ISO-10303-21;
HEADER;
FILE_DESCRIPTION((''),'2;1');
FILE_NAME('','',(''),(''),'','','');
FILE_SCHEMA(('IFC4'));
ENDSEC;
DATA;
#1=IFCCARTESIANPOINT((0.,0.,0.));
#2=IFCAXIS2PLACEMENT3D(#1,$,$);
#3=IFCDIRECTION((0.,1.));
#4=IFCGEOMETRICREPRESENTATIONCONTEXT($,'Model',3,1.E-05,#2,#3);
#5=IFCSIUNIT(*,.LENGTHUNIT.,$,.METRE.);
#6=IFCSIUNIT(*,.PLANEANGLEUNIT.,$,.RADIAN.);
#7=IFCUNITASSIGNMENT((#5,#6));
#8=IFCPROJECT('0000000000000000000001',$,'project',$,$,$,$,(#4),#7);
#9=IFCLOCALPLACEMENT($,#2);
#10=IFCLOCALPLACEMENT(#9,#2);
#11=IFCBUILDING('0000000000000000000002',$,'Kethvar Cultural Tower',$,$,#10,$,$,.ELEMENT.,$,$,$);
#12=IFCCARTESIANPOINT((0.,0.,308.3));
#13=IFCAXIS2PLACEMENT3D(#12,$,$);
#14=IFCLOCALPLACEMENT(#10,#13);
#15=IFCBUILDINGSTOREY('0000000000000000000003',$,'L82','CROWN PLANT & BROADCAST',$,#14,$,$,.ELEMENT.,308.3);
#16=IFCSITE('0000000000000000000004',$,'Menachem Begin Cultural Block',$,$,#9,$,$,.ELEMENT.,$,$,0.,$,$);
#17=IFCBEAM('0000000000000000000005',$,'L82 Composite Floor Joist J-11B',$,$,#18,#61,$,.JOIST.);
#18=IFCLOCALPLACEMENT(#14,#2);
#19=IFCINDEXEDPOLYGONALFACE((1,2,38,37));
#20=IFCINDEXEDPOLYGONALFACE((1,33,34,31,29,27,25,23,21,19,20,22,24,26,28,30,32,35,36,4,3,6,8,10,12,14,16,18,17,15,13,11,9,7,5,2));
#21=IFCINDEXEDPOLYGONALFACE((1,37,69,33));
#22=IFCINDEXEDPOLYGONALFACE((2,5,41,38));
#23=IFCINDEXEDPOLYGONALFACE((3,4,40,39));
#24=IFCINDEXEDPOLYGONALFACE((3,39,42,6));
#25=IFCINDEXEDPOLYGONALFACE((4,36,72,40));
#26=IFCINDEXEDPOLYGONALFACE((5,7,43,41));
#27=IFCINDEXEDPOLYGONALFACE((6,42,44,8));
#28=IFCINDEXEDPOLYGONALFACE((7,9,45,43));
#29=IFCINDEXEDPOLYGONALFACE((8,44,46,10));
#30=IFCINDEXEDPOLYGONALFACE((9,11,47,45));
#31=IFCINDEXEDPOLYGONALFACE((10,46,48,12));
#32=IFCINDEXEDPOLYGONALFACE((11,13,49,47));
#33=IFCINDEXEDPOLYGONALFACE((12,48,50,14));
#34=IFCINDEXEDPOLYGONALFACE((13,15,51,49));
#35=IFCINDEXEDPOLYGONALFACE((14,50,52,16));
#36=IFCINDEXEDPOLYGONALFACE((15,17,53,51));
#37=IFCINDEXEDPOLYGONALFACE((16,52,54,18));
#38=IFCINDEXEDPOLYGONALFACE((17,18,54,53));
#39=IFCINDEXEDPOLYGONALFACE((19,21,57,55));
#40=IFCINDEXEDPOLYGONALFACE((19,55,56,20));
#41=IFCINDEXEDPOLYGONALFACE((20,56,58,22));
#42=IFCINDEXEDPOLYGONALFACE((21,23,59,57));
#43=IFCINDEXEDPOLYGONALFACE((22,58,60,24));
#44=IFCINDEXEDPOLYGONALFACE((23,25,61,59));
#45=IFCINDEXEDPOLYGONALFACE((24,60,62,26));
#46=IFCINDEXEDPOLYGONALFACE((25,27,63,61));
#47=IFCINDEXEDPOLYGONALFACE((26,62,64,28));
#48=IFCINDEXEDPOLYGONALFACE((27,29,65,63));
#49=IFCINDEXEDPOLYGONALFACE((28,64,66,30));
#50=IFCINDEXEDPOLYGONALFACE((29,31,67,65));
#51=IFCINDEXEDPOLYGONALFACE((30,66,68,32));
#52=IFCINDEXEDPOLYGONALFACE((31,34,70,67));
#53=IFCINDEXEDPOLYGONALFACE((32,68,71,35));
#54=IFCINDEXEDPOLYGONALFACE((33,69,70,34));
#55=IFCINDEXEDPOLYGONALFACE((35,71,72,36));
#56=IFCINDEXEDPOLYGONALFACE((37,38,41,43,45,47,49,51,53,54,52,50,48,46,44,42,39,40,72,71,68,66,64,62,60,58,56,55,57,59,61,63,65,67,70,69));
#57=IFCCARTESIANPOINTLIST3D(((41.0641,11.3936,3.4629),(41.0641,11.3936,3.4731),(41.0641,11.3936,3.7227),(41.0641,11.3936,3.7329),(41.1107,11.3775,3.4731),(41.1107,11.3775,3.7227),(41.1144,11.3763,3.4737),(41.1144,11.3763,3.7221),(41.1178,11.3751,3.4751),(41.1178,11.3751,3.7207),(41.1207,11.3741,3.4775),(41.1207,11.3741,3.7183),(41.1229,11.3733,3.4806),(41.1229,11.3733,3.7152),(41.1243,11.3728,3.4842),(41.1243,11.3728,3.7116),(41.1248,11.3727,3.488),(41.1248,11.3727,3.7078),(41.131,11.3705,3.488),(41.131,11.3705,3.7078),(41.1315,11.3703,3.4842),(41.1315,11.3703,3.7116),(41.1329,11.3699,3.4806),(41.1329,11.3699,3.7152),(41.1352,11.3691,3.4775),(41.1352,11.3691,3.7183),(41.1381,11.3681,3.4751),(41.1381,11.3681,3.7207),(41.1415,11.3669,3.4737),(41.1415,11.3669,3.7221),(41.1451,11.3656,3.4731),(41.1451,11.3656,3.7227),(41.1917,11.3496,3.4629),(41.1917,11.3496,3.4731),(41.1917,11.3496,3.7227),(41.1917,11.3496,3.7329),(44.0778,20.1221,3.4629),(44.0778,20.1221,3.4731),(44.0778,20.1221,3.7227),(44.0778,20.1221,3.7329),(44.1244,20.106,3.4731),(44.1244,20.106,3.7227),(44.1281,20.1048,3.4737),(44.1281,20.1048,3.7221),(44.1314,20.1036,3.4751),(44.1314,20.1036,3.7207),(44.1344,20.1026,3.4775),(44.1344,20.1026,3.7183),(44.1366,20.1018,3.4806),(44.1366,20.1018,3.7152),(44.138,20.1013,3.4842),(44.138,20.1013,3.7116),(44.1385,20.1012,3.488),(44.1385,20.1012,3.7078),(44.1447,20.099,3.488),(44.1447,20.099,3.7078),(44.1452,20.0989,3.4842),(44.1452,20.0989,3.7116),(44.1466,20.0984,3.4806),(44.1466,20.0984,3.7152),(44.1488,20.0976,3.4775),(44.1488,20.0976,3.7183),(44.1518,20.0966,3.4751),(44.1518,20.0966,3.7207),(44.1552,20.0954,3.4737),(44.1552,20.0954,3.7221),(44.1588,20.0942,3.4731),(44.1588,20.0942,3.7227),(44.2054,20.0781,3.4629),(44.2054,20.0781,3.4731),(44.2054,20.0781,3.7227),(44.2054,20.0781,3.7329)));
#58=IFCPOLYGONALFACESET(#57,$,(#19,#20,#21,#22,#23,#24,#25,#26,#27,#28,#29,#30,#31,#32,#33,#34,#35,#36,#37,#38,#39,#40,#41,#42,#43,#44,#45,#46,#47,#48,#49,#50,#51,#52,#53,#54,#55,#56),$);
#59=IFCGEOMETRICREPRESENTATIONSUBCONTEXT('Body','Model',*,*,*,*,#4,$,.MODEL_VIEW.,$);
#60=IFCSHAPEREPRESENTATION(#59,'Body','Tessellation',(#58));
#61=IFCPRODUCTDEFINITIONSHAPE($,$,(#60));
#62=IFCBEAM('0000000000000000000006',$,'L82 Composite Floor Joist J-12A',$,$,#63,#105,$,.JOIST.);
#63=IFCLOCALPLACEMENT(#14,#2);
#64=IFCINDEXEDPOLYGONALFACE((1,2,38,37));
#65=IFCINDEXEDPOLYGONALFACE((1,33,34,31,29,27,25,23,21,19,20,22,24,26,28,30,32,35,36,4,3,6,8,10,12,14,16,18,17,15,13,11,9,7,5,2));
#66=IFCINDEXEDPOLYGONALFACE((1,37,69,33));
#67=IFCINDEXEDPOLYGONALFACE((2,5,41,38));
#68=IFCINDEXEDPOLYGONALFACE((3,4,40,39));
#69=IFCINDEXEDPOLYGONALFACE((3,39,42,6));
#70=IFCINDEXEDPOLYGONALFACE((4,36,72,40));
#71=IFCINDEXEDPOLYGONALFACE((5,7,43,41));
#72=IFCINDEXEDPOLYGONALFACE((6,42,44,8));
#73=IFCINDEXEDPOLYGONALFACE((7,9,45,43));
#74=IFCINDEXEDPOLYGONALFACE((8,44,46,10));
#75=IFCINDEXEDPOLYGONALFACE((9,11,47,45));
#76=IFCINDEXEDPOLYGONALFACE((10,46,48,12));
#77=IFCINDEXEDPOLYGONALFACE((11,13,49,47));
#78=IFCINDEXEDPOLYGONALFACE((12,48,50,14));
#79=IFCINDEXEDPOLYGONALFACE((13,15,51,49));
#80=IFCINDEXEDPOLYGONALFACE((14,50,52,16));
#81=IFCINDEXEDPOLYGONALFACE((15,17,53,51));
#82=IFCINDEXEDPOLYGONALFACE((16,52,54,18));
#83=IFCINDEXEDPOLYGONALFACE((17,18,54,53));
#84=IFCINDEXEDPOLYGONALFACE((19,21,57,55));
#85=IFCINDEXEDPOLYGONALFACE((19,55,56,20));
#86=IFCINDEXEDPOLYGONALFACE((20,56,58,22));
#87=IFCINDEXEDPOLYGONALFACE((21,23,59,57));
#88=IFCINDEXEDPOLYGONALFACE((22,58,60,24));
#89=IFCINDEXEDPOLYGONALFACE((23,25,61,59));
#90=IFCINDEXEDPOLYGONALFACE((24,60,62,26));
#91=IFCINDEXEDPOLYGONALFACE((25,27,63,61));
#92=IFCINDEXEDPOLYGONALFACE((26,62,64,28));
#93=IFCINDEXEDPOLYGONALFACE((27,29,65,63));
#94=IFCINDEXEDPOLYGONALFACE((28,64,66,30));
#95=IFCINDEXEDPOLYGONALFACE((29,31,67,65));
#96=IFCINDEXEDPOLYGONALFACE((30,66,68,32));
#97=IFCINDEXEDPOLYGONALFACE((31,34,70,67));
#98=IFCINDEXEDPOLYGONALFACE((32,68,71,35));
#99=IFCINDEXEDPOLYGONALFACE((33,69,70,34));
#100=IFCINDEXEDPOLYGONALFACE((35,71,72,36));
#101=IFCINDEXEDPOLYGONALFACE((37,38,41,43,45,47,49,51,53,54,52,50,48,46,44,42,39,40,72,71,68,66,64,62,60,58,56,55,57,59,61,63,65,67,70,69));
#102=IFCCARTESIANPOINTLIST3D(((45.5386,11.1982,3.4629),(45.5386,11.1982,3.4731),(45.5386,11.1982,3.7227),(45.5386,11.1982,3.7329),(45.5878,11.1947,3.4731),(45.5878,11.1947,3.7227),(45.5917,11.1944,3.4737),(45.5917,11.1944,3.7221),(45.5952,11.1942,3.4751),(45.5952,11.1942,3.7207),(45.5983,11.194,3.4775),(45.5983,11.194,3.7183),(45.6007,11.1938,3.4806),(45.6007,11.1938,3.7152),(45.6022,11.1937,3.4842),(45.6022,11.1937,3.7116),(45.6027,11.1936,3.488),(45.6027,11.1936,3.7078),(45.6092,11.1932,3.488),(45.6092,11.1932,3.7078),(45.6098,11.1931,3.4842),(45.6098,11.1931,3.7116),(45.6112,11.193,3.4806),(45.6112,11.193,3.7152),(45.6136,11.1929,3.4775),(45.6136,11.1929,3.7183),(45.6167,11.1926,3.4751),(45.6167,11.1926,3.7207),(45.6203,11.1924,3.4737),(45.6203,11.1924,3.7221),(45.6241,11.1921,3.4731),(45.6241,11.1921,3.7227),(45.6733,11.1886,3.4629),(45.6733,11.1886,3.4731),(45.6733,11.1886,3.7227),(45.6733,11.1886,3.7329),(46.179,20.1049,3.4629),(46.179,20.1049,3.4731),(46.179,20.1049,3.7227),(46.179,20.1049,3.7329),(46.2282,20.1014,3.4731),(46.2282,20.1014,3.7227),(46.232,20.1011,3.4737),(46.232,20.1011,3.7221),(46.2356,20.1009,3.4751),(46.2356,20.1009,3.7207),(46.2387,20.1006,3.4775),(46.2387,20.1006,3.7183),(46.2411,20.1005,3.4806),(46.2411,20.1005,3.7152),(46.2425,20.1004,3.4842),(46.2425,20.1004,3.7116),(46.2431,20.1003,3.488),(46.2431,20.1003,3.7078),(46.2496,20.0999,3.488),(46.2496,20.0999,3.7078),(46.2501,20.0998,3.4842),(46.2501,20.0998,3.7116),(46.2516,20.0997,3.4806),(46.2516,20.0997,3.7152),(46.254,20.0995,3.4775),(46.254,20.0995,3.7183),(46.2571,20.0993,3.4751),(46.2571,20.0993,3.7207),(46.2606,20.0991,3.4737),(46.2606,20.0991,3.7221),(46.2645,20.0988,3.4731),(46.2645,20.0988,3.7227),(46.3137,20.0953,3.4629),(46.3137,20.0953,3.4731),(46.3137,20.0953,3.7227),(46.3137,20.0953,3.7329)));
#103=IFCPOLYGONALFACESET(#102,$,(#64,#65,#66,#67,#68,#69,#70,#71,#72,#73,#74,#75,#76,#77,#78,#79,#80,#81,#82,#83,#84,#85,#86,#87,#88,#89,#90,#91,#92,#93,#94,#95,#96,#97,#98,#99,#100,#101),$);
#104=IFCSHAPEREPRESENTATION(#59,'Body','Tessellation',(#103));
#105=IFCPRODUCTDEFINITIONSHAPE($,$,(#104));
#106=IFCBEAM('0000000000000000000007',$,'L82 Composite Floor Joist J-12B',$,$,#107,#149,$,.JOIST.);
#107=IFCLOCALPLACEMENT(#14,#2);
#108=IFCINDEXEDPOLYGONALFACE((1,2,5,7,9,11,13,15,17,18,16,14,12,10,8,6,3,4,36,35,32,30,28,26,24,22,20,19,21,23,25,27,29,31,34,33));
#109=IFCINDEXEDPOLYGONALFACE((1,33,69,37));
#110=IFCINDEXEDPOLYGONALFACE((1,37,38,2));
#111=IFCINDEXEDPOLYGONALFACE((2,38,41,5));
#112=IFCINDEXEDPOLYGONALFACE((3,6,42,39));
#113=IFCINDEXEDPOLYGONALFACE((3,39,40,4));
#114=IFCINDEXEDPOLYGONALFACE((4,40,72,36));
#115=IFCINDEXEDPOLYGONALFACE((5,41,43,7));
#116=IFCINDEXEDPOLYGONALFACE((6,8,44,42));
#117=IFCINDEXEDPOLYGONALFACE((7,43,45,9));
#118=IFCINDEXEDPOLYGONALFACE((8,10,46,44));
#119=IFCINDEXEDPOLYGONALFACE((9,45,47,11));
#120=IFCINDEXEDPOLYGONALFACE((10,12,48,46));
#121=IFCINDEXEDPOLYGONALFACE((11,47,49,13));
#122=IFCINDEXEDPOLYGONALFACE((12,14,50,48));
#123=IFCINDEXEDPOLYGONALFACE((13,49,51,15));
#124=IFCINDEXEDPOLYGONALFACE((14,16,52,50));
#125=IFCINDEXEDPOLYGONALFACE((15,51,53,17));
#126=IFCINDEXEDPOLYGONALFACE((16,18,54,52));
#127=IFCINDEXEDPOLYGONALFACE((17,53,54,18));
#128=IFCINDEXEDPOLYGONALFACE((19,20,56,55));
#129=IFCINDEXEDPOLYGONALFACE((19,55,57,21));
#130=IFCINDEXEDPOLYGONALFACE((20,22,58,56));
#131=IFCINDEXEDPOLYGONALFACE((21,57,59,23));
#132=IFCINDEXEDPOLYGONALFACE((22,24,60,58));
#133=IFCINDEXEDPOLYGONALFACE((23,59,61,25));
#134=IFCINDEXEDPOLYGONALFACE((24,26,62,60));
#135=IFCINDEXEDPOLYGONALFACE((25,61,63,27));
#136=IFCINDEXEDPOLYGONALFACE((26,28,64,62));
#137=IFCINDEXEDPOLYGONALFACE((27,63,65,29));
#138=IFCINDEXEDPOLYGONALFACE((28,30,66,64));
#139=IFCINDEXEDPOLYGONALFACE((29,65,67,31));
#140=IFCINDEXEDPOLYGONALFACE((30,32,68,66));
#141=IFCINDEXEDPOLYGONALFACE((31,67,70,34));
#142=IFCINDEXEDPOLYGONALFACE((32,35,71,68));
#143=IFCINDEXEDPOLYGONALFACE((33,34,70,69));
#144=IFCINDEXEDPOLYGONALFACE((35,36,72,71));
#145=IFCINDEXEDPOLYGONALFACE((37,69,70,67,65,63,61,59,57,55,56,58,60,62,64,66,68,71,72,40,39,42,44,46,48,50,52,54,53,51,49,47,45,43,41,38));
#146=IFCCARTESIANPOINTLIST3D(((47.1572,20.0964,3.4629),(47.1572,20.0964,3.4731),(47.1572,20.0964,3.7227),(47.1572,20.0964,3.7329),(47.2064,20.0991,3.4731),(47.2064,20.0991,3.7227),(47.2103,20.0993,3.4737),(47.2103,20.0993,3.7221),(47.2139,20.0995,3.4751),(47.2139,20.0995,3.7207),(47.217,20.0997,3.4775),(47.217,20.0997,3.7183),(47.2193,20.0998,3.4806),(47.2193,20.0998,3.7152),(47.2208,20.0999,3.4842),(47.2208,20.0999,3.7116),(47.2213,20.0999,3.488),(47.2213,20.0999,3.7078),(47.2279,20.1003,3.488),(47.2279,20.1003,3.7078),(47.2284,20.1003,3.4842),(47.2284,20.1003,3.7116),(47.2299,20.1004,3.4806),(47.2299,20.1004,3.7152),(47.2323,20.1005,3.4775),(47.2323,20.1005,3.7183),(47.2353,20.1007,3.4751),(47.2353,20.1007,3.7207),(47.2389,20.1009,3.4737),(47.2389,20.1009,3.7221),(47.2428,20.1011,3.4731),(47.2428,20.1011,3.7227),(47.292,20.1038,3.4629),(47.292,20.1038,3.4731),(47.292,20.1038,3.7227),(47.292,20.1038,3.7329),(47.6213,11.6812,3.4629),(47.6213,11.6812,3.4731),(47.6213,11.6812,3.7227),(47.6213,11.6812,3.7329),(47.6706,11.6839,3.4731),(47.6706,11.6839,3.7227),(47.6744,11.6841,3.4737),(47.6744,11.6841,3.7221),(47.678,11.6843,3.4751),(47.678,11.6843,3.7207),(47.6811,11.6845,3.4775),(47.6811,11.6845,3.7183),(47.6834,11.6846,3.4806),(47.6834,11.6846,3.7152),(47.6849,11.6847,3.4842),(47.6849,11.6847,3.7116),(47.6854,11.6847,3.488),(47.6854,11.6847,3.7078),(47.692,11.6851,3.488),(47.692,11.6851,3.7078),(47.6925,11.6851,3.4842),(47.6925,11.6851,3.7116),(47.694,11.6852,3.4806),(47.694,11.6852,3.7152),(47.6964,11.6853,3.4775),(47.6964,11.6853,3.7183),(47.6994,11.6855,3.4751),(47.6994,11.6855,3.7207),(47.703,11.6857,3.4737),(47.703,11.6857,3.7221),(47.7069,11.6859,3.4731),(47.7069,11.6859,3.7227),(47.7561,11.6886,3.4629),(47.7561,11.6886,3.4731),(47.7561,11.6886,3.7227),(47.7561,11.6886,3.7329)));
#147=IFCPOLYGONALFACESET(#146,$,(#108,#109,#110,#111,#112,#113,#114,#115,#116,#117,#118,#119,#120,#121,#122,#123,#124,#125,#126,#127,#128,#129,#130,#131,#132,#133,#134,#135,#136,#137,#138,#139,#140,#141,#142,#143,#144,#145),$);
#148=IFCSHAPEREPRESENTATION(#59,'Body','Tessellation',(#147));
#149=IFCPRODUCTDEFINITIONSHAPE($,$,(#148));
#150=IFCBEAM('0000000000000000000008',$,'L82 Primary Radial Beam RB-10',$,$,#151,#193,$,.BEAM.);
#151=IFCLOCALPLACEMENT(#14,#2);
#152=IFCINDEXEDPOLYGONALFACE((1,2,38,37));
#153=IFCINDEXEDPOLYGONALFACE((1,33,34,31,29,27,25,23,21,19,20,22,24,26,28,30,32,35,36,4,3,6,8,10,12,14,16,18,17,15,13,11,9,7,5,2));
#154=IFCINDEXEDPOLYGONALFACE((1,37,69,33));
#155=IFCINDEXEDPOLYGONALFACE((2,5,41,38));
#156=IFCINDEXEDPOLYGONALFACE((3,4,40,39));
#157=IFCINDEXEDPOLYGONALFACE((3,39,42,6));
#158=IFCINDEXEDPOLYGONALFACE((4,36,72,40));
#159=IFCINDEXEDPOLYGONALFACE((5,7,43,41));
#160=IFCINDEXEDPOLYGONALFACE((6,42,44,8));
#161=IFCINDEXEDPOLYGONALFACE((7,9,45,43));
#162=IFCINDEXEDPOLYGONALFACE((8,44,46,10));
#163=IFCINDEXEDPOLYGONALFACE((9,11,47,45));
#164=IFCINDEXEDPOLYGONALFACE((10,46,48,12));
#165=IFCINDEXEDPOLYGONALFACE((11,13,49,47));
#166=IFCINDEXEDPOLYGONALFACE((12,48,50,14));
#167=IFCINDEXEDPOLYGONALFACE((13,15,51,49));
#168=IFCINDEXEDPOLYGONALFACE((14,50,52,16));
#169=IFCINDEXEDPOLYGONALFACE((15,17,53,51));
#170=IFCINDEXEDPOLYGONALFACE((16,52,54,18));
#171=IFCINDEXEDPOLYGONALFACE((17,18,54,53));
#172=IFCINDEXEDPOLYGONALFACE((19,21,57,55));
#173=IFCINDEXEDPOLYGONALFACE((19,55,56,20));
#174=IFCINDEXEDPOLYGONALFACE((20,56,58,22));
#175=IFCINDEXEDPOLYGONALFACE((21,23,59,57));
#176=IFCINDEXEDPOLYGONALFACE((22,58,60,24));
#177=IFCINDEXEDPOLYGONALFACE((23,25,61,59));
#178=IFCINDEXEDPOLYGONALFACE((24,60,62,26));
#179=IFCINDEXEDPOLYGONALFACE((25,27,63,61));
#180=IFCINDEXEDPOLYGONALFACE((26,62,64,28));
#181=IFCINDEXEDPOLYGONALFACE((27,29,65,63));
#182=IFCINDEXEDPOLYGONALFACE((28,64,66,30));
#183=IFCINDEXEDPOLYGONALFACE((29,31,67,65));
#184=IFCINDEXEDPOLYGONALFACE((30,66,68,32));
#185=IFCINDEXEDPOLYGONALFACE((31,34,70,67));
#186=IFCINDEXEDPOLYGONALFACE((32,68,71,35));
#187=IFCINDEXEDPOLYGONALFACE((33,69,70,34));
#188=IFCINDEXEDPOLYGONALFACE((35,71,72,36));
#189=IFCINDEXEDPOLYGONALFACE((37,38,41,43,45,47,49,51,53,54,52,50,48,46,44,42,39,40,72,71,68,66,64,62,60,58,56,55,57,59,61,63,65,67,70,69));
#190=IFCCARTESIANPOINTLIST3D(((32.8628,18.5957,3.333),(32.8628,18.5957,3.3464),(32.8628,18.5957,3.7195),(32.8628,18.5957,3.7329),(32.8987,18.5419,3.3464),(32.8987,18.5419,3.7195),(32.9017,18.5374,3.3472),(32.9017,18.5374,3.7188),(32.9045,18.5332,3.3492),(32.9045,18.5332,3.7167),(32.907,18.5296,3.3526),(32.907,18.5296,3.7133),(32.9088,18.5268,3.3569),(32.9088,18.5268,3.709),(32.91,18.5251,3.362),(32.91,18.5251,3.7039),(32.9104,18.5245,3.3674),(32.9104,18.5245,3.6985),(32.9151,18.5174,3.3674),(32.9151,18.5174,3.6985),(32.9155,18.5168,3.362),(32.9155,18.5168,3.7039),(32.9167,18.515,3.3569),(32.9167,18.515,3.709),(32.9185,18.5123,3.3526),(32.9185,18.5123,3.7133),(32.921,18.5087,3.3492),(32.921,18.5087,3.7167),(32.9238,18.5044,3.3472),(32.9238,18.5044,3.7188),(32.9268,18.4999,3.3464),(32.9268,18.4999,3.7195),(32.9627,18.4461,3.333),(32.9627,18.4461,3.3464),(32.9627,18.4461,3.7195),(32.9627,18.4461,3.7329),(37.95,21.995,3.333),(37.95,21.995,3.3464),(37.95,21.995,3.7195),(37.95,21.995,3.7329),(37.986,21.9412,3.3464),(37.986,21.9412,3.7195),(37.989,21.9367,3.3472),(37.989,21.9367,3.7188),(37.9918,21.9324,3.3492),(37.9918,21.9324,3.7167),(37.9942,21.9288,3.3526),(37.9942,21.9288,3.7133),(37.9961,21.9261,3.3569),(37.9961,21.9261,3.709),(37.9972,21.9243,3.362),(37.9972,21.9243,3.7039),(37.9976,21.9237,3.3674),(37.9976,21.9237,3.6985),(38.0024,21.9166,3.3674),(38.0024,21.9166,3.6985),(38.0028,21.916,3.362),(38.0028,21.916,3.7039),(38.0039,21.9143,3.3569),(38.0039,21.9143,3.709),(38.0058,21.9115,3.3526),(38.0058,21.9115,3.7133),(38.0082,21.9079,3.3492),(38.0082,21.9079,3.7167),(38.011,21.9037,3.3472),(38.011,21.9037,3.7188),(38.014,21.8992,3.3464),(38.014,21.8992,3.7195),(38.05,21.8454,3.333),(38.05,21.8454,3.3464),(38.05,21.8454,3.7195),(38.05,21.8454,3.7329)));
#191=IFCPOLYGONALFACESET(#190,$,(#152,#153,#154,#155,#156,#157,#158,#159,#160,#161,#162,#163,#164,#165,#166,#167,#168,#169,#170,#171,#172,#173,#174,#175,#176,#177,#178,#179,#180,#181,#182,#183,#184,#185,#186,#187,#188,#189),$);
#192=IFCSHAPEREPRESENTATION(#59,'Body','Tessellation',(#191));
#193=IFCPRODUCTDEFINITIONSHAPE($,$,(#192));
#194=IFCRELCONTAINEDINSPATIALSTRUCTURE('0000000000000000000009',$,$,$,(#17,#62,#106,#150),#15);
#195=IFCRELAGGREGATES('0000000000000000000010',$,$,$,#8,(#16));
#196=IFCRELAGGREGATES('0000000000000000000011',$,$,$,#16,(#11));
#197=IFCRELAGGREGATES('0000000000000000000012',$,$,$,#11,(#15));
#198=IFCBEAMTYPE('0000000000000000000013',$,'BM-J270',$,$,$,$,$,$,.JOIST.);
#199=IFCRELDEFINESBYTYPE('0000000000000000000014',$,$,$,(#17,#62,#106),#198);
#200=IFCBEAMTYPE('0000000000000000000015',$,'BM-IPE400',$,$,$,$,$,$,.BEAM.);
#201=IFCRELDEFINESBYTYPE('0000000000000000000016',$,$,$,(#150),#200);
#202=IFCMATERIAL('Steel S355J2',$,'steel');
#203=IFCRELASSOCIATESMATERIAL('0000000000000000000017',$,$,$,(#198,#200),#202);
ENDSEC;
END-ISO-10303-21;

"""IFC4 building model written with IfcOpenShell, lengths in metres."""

from ifc_helpers import new_model, si_unit, direction, frame, origin, origin_2d, place, context, subcontext, project, spatial, i_section, extrude, source, transform, mapped, material, material_profile, profile_set, type_object, element, save


model = new_model("IFC4")

# Units and contexts
model_context = context("Model", 3, precision=1e-05, world=origin(), true_north=direction((0.0, 1.0)))
body_context = subcontext(model_context, "Body", "Model", "MODEL_VIEW")
ifc_project = project(units=[si_unit("LENGTHUNIT", "METRE"), si_unit("PLANEANGLEUNIT", "RADIAN")], contexts=[model_context])

# Site, building, storey
site_placement = place(None, origin())
site = spatial("IfcSite", under=ifc_project, at=site_placement, Name="Menachem Begin Cultural Block", CompositionType="ELEMENT", RefElevation=0.0)
building_placement = place(site_placement, origin())
building = spatial("IfcBuilding", under=site, at=building_placement, Name="Kethvar Cultural Tower", CompositionType="ELEMENT")
storey_placement = place(building_placement, frame((0.0, 0.0, 308.3)))
storey = spatial("IfcBuildingStorey", under=building, at=storey_placement, Name="L82", Description="CROWN PLANT & BROADCAST", CompositionType="ELEMENT", Elevation=308.3)

# Beams
ifc_material_1 = material(Name="Steel S355J2", Category="steel")
ifc_material_profile_1 = material_profile(ifc_material_1, i_section(OverallWidth=0.135, OverallDepth=0.27, WebThickness=0.0066, FlangeThickness=0.0103, FilletRadius=0.0149, at=origin_2d()), Name="Steel S355J2 — IPE270")
ifc_profile_set_1 = profile_set([ifc_material_profile_1], Name="Steel S355J2 — IPE270")
beam_type_1 = type_object("IfcBeamType", Name="BM-J270", PredefinedType="JOIST", material=ifc_profile_set_1)
shared_shape_1 = source(origin(), body_context, "Body", "SweptSolid", [
    extrude(i_section(OverallWidth=0.135, OverallDepth=0.27, WebThickness=0.0066, FlangeThickness=0.0103, FilletRadius=0.0149, at=origin_2d()), origin(), (0.0, 0.0, 1.0), 9.2341),
])
beam_1_placement = place(storey_placement, frame((44.1416, 20.1001, 3.5979), z_axis=(-0.326362, -0.945245, 0.0), x_axis=(0.945245, -0.326362, 0.0)))
element("IfcBeam", 1, at=beam_1_placement, inside=storey, type_object=beam_type_1, Name="L82 Composite Floor Joist J-11B", PredefinedType="JOIST", context=body_context, shape_type="MappedRepresentation", body=[
    mapped(shared_shape_1, transform((0.0, 0.0, 0.0), scale=1.0)),
])
shared_shape_2 = source(origin(), body_context, "Body", "SweptSolid", [
    extrude(i_section(OverallWidth=0.135, OverallDepth=0.27, WebThickness=0.0066, FlangeThickness=0.0103, FilletRadius=0.0149, at=origin_2d()), origin(), (0.0, 0.0, 1.0), 8.9297),
])
beam_2_placement = place(storey_placement, frame((46.2463, 20.1001, 3.5979), z_axis=(-0.071713, -0.997425, 0.0), x_axis=(0.997425, -0.071713, 0.0)))
element("IfcBeam", 2, at=beam_2_placement, inside=storey, type_object=beam_type_1, Name="L82 Composite Floor Joist J-12A", PredefinedType="JOIST", context=body_context, shape_type="MappedRepresentation", body=[
    mapped(shared_shape_2, transform((0.0, 0.0, 0.0), scale=1.0)),
])
shared_shape_3 = source(origin(), body_context, "Body", "SweptSolid", [
    extrude(i_section(OverallWidth=0.135, OverallDepth=0.27, WebThickness=0.0066, FlangeThickness=0.0103, FilletRadius=0.0149, at=origin_2d()), origin(), (0.0, 0.0, 1.0), 8.428),
])
beam_3_placement = place(storey_placement, frame((47.2246, 20.1001, 3.5979), z_axis=(0.055067, -0.998483, 0.0), x_axis=(0.998483, 0.055067, 0.0)))
element("IfcBeam", 3, at=beam_3_placement, inside=storey, type_object=beam_type_1, Name="L82 Composite Floor Joist J-12B", PredefinedType="JOIST", context=body_context, shape_type="MappedRepresentation", body=[
    mapped(shared_shape_3, transform((0.0, 0.0, 0.0), scale=1.0)),
])
ifc_material_profile_2 = material_profile(ifc_material_1, i_section(OverallWidth=0.1799, OverallDepth=0.3999, WebThickness=0.0085, FlangeThickness=0.0134, FilletRadius=0.021, at=origin_2d()), Name="Steel S355J2 — IPE400")
ifc_profile_set_2 = profile_set([ifc_material_profile_2], Name="Steel S355J2 — IPE400")
beam_type_2 = type_object("IfcBeamType", Name="BM-IPE400", PredefinedType="BEAM", material=ifc_profile_set_2)
shared_shape_4 = source(origin(), body_context, "Body", "SweptSolid", [
    extrude(i_section(OverallWidth=0.1799, OverallDepth=0.3999, WebThickness=0.0085, FlangeThickness=0.0134, FilletRadius=0.021, at=origin_2d()), origin(), (0.0, 0.0, 1.0), 6.1184),
])
beam_4_placement = place(storey_placement, frame((38.0, 21.9202, 3.533), z_axis=(-0.831467, -0.555575, 0.0), x_axis=(0.555575, -0.831467, 0.0)))
element("IfcBeam", 4, at=beam_4_placement, inside=storey, type_object=beam_type_2, Name="L82 Primary Radial Beam RB-10", PredefinedType="BEAM", context=body_context, shape_type="MappedRepresentation", body=[
    mapped(shared_shape_4, transform((0.0, 0.0, 0.0), scale=1.0)),
])

save(model, "model.ifc")
